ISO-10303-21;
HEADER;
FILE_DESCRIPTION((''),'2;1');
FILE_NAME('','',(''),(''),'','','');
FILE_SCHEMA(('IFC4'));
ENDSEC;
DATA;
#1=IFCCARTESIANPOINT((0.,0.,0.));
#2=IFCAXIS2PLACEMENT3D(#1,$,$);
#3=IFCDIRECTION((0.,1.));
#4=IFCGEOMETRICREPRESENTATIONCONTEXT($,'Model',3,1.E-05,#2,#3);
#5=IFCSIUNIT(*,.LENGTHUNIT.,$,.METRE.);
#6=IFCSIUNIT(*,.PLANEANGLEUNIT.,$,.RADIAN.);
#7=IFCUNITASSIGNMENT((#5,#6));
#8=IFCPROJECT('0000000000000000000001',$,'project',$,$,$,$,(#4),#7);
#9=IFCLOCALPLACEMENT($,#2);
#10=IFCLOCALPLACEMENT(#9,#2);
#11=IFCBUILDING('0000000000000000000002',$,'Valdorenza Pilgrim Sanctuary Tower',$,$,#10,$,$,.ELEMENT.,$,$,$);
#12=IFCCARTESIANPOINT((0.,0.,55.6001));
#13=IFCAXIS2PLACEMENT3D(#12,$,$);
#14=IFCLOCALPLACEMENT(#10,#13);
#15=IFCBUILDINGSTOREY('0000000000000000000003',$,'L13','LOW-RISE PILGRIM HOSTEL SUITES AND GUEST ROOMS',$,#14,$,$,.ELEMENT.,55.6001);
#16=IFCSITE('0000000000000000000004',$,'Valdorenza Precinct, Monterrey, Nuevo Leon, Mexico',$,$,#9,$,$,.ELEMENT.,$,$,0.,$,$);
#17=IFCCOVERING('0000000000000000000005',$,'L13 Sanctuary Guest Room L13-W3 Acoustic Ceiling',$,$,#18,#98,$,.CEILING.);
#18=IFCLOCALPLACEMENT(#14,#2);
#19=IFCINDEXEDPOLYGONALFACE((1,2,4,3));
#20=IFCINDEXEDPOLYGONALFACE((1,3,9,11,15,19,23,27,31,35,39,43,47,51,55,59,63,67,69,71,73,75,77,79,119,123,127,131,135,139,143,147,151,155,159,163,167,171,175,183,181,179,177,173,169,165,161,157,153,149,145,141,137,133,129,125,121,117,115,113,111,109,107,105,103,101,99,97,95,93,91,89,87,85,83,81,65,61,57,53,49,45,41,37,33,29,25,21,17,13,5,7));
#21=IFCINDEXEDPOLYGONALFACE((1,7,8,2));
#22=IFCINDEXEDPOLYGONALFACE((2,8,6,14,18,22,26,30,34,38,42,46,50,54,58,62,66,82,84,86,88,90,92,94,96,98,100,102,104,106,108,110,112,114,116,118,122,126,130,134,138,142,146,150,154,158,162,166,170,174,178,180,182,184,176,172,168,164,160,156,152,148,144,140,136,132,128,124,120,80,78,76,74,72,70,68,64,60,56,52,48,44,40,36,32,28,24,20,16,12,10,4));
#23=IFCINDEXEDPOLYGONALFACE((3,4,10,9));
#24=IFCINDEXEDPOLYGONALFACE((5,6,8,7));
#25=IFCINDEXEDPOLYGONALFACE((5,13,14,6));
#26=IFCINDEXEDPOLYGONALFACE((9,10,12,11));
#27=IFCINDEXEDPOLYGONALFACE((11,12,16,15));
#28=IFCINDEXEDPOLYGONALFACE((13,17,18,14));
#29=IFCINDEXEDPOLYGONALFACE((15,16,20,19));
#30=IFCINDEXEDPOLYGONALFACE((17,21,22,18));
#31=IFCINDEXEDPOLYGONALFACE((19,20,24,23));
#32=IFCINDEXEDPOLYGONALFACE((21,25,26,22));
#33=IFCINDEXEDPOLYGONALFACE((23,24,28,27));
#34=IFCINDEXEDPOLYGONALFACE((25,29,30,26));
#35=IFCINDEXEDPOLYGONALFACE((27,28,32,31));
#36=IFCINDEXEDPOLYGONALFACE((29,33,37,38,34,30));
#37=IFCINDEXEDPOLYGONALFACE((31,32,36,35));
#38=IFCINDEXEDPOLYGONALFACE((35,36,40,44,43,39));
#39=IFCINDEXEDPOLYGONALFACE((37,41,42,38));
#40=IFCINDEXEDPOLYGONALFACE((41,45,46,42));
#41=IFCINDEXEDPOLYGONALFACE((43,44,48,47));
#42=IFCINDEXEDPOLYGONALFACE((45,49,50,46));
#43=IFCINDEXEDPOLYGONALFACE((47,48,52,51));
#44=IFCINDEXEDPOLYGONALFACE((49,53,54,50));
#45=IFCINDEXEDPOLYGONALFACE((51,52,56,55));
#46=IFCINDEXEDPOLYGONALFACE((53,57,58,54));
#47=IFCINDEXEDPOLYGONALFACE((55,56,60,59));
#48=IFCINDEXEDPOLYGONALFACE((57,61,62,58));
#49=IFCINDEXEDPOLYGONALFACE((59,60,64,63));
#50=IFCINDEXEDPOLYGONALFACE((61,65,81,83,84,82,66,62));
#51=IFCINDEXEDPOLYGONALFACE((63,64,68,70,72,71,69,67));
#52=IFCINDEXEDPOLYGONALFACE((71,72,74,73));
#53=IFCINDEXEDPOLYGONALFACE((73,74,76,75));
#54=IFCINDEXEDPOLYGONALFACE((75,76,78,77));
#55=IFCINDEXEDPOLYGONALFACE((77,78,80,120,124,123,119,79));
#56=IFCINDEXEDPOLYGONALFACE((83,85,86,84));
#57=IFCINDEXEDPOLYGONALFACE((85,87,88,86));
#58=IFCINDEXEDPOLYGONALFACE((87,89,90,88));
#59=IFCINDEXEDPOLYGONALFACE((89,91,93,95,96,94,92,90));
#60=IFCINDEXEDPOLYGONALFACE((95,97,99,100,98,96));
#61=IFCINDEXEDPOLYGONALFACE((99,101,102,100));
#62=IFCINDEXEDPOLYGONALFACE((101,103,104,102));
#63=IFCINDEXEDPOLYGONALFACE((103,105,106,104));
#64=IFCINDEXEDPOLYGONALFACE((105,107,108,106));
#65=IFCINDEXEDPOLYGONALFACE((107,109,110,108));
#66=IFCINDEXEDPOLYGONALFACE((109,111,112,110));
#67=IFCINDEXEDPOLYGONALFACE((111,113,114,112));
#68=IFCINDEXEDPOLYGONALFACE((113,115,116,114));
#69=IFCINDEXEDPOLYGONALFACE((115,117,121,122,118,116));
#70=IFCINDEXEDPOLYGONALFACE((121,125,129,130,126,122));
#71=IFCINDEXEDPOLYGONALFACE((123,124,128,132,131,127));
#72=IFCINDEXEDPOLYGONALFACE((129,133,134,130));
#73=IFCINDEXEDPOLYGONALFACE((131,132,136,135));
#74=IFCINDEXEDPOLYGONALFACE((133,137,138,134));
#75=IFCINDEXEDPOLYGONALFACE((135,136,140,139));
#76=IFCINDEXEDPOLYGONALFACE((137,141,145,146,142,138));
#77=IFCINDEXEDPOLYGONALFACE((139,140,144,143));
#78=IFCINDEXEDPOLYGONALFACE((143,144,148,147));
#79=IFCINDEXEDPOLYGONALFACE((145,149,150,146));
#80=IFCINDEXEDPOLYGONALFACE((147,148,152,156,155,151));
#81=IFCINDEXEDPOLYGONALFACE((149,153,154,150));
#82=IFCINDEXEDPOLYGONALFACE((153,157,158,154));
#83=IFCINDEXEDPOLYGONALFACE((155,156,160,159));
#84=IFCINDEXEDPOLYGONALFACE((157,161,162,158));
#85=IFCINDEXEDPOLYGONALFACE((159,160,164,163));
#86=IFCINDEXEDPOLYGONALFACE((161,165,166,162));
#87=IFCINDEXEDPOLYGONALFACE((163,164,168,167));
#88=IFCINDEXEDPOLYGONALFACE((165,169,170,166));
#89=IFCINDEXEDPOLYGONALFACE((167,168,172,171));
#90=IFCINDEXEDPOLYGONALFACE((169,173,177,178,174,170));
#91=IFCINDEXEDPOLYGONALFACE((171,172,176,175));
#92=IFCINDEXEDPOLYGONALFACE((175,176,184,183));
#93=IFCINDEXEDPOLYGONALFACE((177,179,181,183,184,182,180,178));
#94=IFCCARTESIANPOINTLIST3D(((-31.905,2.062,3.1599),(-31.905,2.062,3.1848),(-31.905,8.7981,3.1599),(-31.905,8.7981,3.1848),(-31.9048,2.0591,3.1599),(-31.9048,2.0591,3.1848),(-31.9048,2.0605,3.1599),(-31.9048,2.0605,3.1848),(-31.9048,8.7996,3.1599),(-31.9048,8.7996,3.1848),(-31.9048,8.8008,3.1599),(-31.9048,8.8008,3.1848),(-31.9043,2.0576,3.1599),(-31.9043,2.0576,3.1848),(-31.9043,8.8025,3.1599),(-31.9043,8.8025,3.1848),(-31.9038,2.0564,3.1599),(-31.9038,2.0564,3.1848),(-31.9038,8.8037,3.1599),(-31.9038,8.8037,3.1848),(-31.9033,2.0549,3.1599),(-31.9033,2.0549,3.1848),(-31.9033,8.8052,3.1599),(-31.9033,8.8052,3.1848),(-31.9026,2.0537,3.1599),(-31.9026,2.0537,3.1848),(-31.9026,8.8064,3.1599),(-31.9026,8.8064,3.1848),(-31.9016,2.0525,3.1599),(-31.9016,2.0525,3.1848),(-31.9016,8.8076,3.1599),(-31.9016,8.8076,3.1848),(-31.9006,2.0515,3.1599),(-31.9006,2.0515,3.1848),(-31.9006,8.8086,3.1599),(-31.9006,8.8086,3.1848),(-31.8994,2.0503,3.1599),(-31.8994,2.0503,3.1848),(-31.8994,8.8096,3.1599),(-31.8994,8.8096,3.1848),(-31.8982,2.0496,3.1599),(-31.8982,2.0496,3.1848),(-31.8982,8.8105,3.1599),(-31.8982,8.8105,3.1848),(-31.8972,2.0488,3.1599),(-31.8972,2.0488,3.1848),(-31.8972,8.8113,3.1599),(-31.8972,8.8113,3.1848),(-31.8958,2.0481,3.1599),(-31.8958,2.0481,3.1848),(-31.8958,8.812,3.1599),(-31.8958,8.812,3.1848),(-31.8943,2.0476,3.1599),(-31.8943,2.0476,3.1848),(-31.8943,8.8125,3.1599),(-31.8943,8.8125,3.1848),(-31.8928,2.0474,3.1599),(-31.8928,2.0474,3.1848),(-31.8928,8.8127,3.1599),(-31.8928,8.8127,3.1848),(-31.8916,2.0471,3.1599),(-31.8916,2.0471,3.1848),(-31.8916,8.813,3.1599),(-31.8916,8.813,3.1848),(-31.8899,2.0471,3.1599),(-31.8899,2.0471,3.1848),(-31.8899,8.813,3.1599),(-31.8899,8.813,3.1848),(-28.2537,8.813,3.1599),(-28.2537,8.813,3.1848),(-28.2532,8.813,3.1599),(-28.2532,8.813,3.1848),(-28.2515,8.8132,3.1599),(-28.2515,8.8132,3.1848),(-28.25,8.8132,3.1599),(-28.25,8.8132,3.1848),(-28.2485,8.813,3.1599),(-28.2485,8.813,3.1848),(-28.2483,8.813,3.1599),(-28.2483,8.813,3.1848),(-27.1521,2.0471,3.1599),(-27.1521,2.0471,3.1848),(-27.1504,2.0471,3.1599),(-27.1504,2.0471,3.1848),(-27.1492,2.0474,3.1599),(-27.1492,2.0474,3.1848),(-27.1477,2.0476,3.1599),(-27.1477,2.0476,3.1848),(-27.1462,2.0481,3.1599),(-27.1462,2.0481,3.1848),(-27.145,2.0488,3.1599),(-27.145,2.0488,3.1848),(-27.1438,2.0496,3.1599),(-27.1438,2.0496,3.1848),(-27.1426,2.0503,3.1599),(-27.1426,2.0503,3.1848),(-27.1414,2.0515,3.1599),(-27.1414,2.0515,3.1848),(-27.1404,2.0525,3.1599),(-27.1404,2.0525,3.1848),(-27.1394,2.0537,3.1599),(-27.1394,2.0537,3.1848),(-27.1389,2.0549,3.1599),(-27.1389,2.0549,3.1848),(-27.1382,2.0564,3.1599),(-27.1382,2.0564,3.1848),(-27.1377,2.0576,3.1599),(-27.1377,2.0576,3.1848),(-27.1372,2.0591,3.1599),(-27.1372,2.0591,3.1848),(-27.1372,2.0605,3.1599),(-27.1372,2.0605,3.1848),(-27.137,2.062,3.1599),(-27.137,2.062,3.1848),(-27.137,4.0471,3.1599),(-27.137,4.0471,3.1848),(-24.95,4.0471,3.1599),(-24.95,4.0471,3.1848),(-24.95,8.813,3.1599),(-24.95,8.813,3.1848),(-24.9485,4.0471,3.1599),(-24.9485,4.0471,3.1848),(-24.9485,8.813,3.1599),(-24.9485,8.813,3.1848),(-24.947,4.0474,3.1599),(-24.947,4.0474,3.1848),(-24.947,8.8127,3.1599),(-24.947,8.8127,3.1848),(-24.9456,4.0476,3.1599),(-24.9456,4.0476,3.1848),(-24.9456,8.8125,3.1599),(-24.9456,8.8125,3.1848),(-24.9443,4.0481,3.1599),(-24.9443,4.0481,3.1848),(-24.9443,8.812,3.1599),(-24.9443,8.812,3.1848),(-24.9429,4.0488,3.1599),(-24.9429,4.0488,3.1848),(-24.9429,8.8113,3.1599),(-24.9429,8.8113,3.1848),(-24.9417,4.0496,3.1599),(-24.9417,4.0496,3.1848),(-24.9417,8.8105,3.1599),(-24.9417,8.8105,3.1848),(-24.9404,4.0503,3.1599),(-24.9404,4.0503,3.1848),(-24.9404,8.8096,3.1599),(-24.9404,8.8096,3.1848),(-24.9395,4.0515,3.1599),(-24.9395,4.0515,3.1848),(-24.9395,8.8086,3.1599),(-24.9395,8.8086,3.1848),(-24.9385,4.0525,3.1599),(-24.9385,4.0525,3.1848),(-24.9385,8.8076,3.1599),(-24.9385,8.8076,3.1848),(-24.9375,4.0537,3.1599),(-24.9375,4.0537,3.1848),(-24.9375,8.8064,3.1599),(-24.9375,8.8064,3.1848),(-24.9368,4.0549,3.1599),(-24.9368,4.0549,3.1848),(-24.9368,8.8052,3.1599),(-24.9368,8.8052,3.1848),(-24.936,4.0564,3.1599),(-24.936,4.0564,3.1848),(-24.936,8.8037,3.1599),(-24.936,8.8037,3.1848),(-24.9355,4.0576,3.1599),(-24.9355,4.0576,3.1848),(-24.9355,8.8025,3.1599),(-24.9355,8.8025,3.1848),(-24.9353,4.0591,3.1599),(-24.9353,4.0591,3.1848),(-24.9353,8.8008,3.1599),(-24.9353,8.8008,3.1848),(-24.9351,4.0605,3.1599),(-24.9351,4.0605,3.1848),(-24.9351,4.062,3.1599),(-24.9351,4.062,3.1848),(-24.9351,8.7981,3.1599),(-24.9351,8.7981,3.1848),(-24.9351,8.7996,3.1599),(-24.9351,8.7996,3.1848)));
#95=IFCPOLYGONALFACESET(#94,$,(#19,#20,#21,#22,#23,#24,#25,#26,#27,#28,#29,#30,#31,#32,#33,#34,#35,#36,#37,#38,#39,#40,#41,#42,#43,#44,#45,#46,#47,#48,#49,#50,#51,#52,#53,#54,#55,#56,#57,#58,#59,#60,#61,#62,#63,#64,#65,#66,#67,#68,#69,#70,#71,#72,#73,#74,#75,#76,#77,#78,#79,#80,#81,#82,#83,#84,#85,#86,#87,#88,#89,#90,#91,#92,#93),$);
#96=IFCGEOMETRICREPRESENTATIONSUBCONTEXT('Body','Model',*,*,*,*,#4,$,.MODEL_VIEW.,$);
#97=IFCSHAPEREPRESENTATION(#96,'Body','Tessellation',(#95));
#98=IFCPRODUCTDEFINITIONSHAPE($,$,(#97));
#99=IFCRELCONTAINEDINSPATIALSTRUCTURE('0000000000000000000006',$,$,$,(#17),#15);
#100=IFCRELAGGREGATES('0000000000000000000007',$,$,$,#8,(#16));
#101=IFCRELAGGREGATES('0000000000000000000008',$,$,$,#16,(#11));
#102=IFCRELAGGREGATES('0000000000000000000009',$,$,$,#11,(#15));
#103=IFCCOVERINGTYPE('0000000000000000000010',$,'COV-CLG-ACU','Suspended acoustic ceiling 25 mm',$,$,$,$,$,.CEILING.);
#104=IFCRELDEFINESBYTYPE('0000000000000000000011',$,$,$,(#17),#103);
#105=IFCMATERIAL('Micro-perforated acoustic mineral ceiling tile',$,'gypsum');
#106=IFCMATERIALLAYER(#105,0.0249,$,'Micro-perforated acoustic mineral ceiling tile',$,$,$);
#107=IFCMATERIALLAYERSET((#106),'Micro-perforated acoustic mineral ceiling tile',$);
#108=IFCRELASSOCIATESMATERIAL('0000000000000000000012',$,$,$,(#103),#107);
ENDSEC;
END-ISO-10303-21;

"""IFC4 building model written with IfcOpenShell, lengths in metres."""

from ifc_helpers import new_model, si_unit, direction, frame, origin, place, context, subcontext, project, spatial, polyline, outline, extrude, material, layer, layer_set, type_object, element, save


model = new_model("IFC4")

# Units and contexts
model_context = context("Model", 3, precision=1e-05, world=origin(), true_north=direction((0.0, 1.0)))
body_context = subcontext(model_context, "Body", "Model", "MODEL_VIEW")
ifc_project = project(units=[si_unit("LENGTHUNIT", "METRE"), si_unit("PLANEANGLEUNIT", "RADIAN")], contexts=[model_context])

# Site, building, storey
site_placement = place(None, origin())
site = spatial("IfcSite", under=ifc_project, at=site_placement, Name="Valdorenza Precinct, Monterrey, Nuevo Leon, Mexico", CompositionType="ELEMENT", RefElevation=0.0)
building_placement = place(site_placement, origin())
building = spatial("IfcBuilding", under=site, at=building_placement, Name="Valdorenza Pilgrim Sanctuary Tower", CompositionType="ELEMENT")
storey_placement = place(building_placement, frame((0.0, 0.0, 55.6001)))
storey = spatial("IfcBuildingStorey", under=building, at=storey_placement, Name="L13", Description="LOW-RISE PILGRIM HOSTEL SUITES AND GUEST ROOMS", CompositionType="ELEMENT", Elevation=55.6001)

# Covering
ifc_material_1 = material(Name="Micro-perforated acoustic mineral ceiling tile", Category="gypsum")
ifc_layer_1 = layer(ifc_material_1, 0.0249, Name="Micro-perforated acoustic mineral ceiling tile")
ifc_layer_set_1 = layer_set([ifc_layer_1], Name="Micro-perforated acoustic mineral ceiling tile")
covering_type_1 = type_object("IfcCoveringType", Name="COV-CLG-ACU", Description="Suspended acoustic ceiling 25 mm", PredefinedType="CEILING", material=ifc_layer_set_1)
covering_1_placement = place(storey_placement, frame((0.0, 0.0, 3.1599)))
element("IfcCovering", 1, at=covering_1_placement, inside=storey, type_object=covering_type_1, Name="L13 Sanctuary Guest Room L13-W3 Acoustic Ceiling", PredefinedType="CEILING", context=body_context, shape_type="SweptSolid", body=[
    extrude(outline(polyline([(-28.2537, 8.813), (-28.2532, 8.813), (-28.2515, 8.8132), (-28.25, 8.8132), (-28.2485, 8.813), (-28.2483, 8.813), (-24.95, 8.813), (-24.9485, 8.813), (-24.947, 8.8127), (-24.9456, 8.8125), (-24.9443, 8.812), (-24.9429, 8.8113), (-24.9417, 8.8105), (-24.9404, 8.8096), (-24.9395, 8.8086), (-24.9385, 8.8076), (-24.9375, 8.8064), (-24.9368, 8.8052), (-24.936, 8.8037), (-24.9355, 8.8025), (-24.9353, 8.8008), (-24.9351, 8.7996), (-24.9351, 8.7981), (-24.9351, 4.062), (-24.9351, 4.0605), (-24.9353, 4.0591), (-24.9355, 4.0576), (-24.936, 4.0564), (-24.9368, 4.0549), (-24.9375, 4.0537), (-24.9385, 4.0525), (-24.9395, 4.0515), (-24.9404, 4.0503), (-24.9417, 4.0496), (-24.9429, 4.0488), (-24.9443, 4.0481), (-24.9456, 4.0476), (-24.947, 4.0474), (-24.9485, 4.0471), (-24.95, 4.0471), (-27.137, 4.0471), (-27.137, 2.062), (-27.1372, 2.0605), (-27.1372, 2.0591), (-27.1377, 2.0576), (-27.1382, 2.0564), (-27.1389, 2.0549), (-27.1394, 2.0537), (-27.1404, 2.0525), (-27.1414, 2.0515), (-27.1426, 2.0503), (-27.1438, 2.0496), (-27.145, 2.0488), (-27.1462, 2.0481), (-27.1477, 2.0476), (-27.1492, 2.0474), (-27.1504, 2.0471), (-27.1521, 2.0471), (-31.8899, 2.0471), (-31.8916, 2.0471), (-31.8928, 2.0474), (-31.8943, 2.0476), (-31.8958, 2.0481), (-31.8972, 2.0488), (-31.8982, 2.0496), (-31.8994, 2.0503), (-31.9006, 2.0515), (-31.9016, 2.0525), (-31.9026, 2.0537), (-31.9033, 2.0549), (-31.9038, 2.0564), (-31.9043, 2.0576), (-31.9048, 2.0591), (-31.9048, 2.0605), (-31.905, 2.062), (-31.905, 8.7981), (-31.9048, 8.7996), (-31.9048, 8.8008), (-31.9043, 8.8025), (-31.9038, 8.8037), (-31.9033, 8.8052), (-31.9026, 8.8064), (-31.9016, 8.8076), (-31.9006, 8.8086), (-31.8994, 8.8096), (-31.8982, 8.8105), (-31.8972, 8.8113), (-31.8958, 8.812), (-31.8943, 8.8125), (-31.8928, 8.8127), (-31.8916, 8.813), (-31.8899, 8.813), (-28.2537, 8.813)])), origin(), (0.0, 0.0, 1.0), 0.0249),
])

save(model, "model.ifc")
